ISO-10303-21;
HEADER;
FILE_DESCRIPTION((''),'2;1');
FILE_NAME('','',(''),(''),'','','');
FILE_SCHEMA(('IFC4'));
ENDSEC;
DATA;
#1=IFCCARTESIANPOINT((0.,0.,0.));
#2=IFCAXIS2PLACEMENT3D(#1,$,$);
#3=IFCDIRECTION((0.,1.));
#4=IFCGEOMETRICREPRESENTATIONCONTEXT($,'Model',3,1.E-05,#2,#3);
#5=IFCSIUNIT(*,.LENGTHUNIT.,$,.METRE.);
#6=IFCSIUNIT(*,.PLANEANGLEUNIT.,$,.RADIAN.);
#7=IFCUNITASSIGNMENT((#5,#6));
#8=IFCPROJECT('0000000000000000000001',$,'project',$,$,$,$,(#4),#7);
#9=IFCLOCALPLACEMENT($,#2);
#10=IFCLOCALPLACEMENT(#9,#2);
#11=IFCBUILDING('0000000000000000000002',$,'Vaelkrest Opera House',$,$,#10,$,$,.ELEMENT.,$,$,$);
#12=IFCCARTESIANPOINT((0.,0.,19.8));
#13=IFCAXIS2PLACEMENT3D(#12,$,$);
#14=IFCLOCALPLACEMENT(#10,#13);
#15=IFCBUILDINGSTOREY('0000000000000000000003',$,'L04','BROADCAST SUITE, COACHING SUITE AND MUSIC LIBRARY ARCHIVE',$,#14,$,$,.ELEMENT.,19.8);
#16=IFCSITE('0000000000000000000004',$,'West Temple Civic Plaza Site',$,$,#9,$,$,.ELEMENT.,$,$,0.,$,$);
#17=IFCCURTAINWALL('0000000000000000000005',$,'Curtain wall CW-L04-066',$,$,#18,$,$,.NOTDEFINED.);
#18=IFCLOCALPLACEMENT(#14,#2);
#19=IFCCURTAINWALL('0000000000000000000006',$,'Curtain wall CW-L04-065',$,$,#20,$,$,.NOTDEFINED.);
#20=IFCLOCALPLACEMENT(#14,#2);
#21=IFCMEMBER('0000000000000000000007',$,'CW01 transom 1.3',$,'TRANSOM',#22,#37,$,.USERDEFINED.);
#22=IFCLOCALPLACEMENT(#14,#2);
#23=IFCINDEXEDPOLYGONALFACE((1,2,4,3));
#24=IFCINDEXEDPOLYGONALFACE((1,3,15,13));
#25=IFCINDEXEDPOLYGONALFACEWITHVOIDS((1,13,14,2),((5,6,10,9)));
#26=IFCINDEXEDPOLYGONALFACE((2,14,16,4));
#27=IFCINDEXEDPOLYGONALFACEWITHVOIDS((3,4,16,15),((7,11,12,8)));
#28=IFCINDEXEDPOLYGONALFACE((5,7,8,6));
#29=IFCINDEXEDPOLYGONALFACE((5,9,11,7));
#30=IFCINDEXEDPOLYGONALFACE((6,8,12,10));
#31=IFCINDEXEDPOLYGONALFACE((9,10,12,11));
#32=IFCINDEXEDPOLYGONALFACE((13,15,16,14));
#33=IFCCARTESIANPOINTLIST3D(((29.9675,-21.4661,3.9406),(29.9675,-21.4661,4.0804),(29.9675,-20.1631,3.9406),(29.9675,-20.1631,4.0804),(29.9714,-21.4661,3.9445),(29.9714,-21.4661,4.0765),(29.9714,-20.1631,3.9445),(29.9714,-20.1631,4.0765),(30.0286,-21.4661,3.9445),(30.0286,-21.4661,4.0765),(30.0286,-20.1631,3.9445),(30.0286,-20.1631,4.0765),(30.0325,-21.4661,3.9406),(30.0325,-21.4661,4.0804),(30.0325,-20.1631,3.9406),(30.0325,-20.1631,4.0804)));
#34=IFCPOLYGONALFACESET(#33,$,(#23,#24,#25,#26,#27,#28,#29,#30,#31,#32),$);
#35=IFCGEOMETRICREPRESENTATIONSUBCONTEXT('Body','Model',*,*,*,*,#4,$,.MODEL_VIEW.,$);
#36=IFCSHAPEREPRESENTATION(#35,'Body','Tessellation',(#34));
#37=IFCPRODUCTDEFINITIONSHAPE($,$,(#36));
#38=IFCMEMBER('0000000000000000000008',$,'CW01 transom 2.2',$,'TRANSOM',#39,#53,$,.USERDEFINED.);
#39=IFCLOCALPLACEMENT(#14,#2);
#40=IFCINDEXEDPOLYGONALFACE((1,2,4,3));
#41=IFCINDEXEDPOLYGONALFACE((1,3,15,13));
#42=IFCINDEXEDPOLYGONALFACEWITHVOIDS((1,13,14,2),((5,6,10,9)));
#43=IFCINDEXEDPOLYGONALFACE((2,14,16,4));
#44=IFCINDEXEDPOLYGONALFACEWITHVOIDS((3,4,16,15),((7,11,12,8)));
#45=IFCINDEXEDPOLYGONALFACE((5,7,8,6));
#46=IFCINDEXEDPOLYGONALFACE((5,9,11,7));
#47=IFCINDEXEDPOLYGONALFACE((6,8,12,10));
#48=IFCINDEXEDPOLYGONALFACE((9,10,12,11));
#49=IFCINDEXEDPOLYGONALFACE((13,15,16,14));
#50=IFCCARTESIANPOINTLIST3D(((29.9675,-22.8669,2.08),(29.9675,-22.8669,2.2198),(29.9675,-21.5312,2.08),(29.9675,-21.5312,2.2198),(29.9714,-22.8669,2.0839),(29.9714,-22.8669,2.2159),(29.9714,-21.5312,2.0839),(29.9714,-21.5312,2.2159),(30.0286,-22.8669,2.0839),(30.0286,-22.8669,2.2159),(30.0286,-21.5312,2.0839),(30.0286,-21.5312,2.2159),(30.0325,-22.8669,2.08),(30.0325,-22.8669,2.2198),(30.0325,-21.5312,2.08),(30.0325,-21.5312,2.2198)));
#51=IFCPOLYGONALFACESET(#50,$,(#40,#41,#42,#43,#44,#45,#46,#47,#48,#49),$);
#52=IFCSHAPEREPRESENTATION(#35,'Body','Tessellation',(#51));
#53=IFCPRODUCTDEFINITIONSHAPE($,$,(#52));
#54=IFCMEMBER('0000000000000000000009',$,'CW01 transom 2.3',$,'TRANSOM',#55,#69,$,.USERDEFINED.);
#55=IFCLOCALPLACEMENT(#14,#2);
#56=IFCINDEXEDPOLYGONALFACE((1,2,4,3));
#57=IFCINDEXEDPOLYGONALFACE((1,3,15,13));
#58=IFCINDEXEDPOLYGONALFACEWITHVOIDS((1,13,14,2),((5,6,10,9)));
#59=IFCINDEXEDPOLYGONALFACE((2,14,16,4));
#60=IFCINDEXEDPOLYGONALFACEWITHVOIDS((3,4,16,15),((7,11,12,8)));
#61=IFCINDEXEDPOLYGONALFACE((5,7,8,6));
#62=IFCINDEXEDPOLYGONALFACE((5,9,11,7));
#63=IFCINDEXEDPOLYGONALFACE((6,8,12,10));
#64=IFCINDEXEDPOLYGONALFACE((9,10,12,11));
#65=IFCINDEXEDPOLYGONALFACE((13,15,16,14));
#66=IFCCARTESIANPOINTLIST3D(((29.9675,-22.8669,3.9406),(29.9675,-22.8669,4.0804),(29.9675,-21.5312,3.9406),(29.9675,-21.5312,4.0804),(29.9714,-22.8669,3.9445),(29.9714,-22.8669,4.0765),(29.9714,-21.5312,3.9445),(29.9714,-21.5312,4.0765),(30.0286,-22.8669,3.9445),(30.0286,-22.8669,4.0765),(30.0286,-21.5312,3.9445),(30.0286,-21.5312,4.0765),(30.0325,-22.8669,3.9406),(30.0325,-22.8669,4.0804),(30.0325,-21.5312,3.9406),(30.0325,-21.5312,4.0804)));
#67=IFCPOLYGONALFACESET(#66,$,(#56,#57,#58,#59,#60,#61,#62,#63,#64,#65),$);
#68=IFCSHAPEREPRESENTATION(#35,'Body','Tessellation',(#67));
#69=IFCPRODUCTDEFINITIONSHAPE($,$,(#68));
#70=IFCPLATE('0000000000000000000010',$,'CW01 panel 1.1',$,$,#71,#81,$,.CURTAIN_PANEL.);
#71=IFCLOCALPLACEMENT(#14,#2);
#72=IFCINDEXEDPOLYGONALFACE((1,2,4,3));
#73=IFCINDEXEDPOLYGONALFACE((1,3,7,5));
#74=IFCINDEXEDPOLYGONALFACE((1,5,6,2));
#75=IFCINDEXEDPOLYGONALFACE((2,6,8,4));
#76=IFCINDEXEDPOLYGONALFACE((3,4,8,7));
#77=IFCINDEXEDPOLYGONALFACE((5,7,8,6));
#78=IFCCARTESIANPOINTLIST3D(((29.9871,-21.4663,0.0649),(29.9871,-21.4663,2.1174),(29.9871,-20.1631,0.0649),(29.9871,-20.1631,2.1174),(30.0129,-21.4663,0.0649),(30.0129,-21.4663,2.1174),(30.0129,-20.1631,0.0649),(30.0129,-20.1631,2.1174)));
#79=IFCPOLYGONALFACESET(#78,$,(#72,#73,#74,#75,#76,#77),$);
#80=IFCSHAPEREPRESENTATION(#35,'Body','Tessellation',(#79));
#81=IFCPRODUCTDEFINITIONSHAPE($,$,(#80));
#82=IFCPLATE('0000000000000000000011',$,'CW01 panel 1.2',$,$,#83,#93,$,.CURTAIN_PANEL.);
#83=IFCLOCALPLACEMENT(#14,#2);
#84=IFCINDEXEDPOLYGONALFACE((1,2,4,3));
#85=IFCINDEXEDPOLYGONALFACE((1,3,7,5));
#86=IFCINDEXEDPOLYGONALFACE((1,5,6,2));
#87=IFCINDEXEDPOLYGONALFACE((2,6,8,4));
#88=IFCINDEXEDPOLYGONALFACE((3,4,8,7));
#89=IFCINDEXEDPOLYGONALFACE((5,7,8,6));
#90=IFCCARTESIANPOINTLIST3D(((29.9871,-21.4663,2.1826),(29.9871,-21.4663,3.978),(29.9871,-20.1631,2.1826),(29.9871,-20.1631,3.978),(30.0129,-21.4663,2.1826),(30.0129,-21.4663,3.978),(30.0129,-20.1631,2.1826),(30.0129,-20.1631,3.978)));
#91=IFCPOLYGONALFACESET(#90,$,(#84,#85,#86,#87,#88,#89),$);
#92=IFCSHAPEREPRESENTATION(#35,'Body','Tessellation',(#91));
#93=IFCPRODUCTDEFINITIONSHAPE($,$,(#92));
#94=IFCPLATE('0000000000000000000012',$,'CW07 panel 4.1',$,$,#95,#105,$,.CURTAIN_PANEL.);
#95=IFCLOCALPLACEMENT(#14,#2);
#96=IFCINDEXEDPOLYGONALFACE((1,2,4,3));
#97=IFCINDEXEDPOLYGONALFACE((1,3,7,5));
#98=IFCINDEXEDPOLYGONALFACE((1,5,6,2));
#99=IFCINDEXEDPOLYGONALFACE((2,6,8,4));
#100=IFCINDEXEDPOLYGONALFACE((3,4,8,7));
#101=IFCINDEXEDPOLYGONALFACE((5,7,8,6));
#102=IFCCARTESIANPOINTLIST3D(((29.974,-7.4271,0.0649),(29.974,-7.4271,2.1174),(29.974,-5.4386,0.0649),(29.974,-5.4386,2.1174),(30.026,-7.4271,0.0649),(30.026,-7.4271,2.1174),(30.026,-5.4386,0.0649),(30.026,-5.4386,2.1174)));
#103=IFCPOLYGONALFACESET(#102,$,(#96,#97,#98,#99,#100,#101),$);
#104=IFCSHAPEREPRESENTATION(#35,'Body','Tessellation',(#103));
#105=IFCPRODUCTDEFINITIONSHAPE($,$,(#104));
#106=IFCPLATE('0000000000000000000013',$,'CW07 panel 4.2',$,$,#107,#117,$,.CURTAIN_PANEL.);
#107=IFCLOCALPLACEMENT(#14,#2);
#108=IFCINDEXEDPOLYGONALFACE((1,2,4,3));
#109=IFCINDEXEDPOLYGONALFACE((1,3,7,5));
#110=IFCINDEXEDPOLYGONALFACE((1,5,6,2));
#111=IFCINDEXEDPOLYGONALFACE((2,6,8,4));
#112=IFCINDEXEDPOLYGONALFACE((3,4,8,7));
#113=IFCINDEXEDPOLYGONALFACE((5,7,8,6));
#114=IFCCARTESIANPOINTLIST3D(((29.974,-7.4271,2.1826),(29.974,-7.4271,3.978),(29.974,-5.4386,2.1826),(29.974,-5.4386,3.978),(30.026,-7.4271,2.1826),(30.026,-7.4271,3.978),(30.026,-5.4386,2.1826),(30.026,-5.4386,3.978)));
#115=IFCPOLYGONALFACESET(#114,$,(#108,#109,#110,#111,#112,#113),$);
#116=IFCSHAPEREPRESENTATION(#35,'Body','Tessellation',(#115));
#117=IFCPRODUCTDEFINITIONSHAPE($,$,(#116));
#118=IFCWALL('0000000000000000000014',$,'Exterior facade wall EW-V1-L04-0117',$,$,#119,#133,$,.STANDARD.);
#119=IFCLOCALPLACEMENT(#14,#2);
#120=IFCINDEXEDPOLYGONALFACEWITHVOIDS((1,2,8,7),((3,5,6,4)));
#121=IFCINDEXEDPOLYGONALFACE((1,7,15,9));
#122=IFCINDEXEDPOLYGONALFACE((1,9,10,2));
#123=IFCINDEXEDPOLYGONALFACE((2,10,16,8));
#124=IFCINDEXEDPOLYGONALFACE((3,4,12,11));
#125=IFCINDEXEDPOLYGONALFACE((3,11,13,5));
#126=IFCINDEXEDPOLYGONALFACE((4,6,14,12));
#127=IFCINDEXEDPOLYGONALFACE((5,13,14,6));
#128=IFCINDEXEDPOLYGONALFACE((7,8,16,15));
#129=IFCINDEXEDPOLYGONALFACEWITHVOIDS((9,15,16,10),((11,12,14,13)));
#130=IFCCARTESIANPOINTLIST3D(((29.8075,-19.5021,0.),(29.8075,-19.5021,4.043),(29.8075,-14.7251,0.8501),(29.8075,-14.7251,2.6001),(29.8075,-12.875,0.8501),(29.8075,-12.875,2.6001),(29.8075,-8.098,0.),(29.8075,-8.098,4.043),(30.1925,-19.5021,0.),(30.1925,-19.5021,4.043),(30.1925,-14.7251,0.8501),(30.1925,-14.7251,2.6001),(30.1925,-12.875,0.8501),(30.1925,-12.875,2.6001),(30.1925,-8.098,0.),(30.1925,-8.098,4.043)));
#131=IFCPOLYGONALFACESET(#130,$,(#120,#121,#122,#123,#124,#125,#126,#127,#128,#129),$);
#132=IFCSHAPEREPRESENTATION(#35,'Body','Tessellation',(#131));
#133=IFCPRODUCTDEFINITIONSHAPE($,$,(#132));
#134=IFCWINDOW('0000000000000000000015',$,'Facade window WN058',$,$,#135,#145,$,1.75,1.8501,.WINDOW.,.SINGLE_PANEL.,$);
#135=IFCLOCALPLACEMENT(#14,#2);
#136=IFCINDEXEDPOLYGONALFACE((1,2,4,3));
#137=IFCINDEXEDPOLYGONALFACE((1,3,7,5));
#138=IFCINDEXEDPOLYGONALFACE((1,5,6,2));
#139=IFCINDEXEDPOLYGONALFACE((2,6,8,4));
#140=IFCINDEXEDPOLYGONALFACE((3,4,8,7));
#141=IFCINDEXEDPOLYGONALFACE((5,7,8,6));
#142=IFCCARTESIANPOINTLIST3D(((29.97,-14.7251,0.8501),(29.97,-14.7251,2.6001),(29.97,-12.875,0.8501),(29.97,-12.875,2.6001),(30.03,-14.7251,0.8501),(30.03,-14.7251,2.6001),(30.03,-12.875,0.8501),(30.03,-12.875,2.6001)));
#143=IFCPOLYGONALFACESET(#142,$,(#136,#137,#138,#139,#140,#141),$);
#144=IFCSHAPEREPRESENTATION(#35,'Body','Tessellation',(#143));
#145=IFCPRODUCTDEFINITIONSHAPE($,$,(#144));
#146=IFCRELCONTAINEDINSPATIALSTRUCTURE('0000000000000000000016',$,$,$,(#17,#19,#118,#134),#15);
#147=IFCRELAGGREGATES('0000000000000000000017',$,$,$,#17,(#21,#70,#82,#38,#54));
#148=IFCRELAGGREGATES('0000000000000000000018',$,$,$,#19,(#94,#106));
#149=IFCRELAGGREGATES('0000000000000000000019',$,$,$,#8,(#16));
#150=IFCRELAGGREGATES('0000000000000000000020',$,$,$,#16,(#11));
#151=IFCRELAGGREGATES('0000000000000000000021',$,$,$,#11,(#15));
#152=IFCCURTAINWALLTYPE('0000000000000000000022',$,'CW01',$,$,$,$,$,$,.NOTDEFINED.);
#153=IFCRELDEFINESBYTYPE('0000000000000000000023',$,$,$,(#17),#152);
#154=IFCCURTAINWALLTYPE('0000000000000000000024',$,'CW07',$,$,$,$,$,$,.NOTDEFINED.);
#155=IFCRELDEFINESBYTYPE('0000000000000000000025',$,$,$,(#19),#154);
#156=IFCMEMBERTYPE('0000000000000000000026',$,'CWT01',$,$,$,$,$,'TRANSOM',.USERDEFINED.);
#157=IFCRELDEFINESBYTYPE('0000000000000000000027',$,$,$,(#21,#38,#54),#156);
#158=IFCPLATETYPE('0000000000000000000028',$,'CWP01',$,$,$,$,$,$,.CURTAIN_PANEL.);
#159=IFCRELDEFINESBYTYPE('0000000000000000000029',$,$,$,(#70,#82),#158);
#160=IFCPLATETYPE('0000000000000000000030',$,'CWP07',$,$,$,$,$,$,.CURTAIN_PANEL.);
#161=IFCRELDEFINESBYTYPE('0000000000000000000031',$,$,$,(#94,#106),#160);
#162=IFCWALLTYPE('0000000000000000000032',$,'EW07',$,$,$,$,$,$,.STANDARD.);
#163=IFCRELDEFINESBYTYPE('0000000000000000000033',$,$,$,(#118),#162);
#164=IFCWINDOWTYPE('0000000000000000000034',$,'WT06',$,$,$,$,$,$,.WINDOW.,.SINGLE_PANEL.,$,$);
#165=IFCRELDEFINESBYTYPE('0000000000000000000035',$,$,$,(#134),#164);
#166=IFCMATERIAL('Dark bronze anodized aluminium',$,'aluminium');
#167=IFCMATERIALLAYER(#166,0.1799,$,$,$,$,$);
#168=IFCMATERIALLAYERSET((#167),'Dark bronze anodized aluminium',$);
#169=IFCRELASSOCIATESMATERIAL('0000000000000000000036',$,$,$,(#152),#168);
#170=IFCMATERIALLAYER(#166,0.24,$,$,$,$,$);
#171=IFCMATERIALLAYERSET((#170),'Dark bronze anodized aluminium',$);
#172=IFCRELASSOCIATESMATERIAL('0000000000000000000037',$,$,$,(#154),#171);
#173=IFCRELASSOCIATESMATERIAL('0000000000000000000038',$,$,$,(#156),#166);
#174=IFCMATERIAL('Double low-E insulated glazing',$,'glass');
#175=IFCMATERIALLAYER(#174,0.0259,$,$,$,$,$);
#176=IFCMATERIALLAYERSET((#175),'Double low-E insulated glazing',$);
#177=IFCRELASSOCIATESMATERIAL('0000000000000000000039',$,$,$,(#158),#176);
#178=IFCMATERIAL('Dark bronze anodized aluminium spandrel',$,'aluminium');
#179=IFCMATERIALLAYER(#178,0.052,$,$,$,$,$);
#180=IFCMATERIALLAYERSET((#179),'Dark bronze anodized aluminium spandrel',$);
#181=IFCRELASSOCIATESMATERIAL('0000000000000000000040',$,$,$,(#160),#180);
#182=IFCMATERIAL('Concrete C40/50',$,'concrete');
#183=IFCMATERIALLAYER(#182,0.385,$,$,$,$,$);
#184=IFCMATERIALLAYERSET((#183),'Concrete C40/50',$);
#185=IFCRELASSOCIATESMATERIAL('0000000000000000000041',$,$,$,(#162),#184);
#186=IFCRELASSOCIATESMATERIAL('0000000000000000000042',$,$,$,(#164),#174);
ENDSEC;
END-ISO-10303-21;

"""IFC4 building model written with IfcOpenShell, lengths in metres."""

from ifc_helpers import new_model, si_unit, direction, frame, frame_2d, origin, origin_2d, place, context, subcontext, project, spatial, rectangle, hollow_rectangle, extrude, material, layer, layer_set, material_profile, profile_set, type_object, element, fill, aggregate, save


model = new_model("IFC4")

# Units and contexts
model_context = context("Model", 3, precision=1e-05, world=origin(), true_north=direction((0.0, 1.0)))
body_context = subcontext(model_context, "Body", "Model", "MODEL_VIEW")
ifc_project = project(units=[si_unit("LENGTHUNIT", "METRE"), si_unit("PLANEANGLEUNIT", "RADIAN")], contexts=[model_context])

# Site, building, storey
site_placement = place(None, origin())
site = spatial("IfcSite", under=ifc_project, at=site_placement, Name="West Temple Civic Plaza Site", CompositionType="ELEMENT", RefElevation=0.0)
building_placement = place(site_placement, origin())
building = spatial("IfcBuilding", under=site, at=building_placement, Name="Vaelkrest Opera House", CompositionType="ELEMENT")
storey_placement = place(building_placement, frame((0.0, 0.0, 19.8)))
storey = spatial("IfcBuildingStorey", under=building, at=storey_placement, Name="L04", Description="BROADCAST SUITE, COACHING SUITE AND MUSIC LIBRARY ARCHIVE", CompositionType="ELEMENT", Elevation=19.8)

# Curtain walls
ifc_material_1 = material(Name="Dark bronze anodized aluminium", Category="aluminium")
ifc_layer_1 = layer(ifc_material_1, 0.1799)
ifc_layer_set_1 = layer_set([ifc_layer_1], Name="Dark bronze anodized aluminium")
curtain_wall_type_1 = type_object("IfcCurtainWallType", Name="CW01", PredefinedType="NOTDEFINED", material=ifc_layer_set_1)
curtain_wall_1_placement = place(storey_placement, origin())
curtain_wall_1 = element("IfcCurtainWall", 1, at=curtain_wall_1_placement, inside=storey, type_object=curtain_wall_type_1, Name="Curtain wall CW-L04-066", PredefinedType="NOTDEFINED")
ifc_layer_2 = layer(ifc_material_1, 0.24)
ifc_layer_set_2 = layer_set([ifc_layer_2], Name="Dark bronze anodized aluminium")
curtain_wall_type_2 = type_object("IfcCurtainWallType", Name="CW07", PredefinedType="NOTDEFINED", material=ifc_layer_set_2)
curtain_wall_2_placement = place(storey_placement, origin())
curtain_wall_2 = element("IfcCurtainWall", 2, at=curtain_wall_2_placement, inside=storey, type_object=curtain_wall_type_2, Name="Curtain wall CW-L04-065", PredefinedType="NOTDEFINED")
ifc_material_profile_1 = material_profile(ifc_material_1, hollow_rectangle(XDim=0.0649, YDim=0.1399, WallThickness=0.0039, at=origin_2d()), Name="CWT65X140")
ifc_profile_set_1 = profile_set([ifc_material_profile_1], Name="Dark bronze anodized aluminium")
member_type_1 = type_object("IfcMemberType", Name="CWT01", ElementType="TRANSOM", PredefinedType="USERDEFINED", material=ifc_profile_set_1)

# Members
member_1_placement = place(storey_placement, frame((30.0, -20.1631, 4.0105), z_axis=(0.0, -1.0, 0.0), x_axis=(1.0, 0.0, 0.0)))
member_1 = element("IfcMember", 3, at=member_1_placement, type_object=member_type_1, Name="CW01 transom 1.3", ObjectType="TRANSOM", PredefinedType="USERDEFINED", context=body_context, shape_type="SweptSolid", body=[
    extrude(hollow_rectangle(XDim=0.0649, YDim=0.1399, WallThickness=0.0039, at=origin_2d()), origin(), (0.0, 0.0, 1.0), 1.303),
])
member_2_placement = place(storey_placement, frame((30.0, -21.5312, 2.1499), z_axis=(0.0, -1.0, 0.0), x_axis=(1.0, 0.0, 0.0)))
member_2 = element("IfcMember", 4, at=member_2_placement, type_object=member_type_1, Name="CW01 transom 2.2", ObjectType="TRANSOM", PredefinedType="USERDEFINED", context=body_context, shape_type="SweptSolid", body=[
    extrude(hollow_rectangle(XDim=0.0649, YDim=0.1399, WallThickness=0.0039, at=origin_2d()), origin(), (0.0, 0.0, 1.0), 1.3357),
])
member_3_placement = place(storey_placement, frame((30.0, -21.5312, 4.0105), z_axis=(0.0, -1.0, 0.0), x_axis=(1.0, 0.0, 0.0)))
member_3 = element("IfcMember", 5, at=member_3_placement, type_object=member_type_1, Name="CW01 transom 2.3", ObjectType="TRANSOM", PredefinedType="USERDEFINED", context=body_context, shape_type="SweptSolid", body=[
    extrude(hollow_rectangle(XDim=0.0649, YDim=0.1399, WallThickness=0.0039, at=origin_2d()), origin(), (0.0, 0.0, 1.0), 1.3357),
])

# Plates
ifc_material_2 = material(Name="Double low-E insulated glazing", Category="glass")
ifc_layer_3 = layer(ifc_material_2, 0.0259)
ifc_layer_set_3 = layer_set([ifc_layer_3], Name="Double low-E insulated glazing")
plate_type_1 = type_object("IfcPlateType", Name="CWP01", PredefinedType="CURTAIN_PANEL", material=ifc_layer_set_3)
plate_1_placement = place(storey_placement, frame((30.0, -20.8147, 0.0649), z_axis=(0.0, 0.0, 1.0), x_axis=(0.0, -1.0, 0.0)))
plate_1 = element("IfcPlate", 6, at=plate_1_placement, type_object=plate_type_1, Name="CW01 panel 1.1", PredefinedType="CURTAIN_PANEL", context=body_context, shape_type="SweptSolid", body=[
    extrude(rectangle(XDim=1.3032, YDim=0.0259, at=origin_2d()), origin(), (0.0, 0.0, 1.0), 2.0525),
])
plate_2_placement = place(storey_placement, frame((30.0, -20.8147, 2.1826), z_axis=(0.0, 0.0, 1.0), x_axis=(0.0, -1.0, 0.0)))
plate_2 = element("IfcPlate", 7, at=plate_2_placement, type_object=plate_type_1, Name="CW01 panel 1.2", PredefinedType="CURTAIN_PANEL", context=body_context, shape_type="SweptSolid", body=[
    extrude(rectangle(XDim=1.3032, YDim=0.0259, at=origin_2d()), origin(), (0.0, 0.0, 1.0), 1.7954),
])
aggregate(curtain_wall_1, [member_1, plate_1, plate_2, member_2, member_3])
ifc_material_3 = material(Name="Dark bronze anodized aluminium spandrel", Category="aluminium")
ifc_layer_4 = layer(ifc_material_3, 0.052)
ifc_layer_set_4 = layer_set([ifc_layer_4], Name="Dark bronze anodized aluminium spandrel")
plate_type_2 = type_object("IfcPlateType", Name="CWP07", PredefinedType="CURTAIN_PANEL", material=ifc_layer_set_4)
plate_3_placement = place(storey_placement, frame((30.0, -6.4329, 0.0649), z_axis=(0.0, 0.0, 1.0), x_axis=(0.0, -1.0, 0.0)))
plate_3 = element("IfcPlate", 8, at=plate_3_placement, type_object=plate_type_2, Name="CW07 panel 4.1", PredefinedType="CURTAIN_PANEL", context=body_context, shape_type="SweptSolid", body=[
    extrude(rectangle(XDim=1.9885, YDim=0.052, at=origin_2d()), origin(), (0.0, 0.0, 1.0), 2.0525),
])
plate_4_placement = place(storey_placement, frame((30.0, -6.4329, 2.1826), z_axis=(0.0, 0.0, 1.0), x_axis=(0.0, -1.0, 0.0)))
plate_4 = element("IfcPlate", 9, at=plate_4_placement, type_object=plate_type_2, Name="CW07 panel 4.2", PredefinedType="CURTAIN_PANEL", context=body_context, shape_type="SweptSolid", body=[
    extrude(rectangle(XDim=1.9885, YDim=0.052, at=origin_2d()), origin(), (0.0, 0.0, 1.0), 1.7954),
])
aggregate(curtain_wall_2, [plate_3, plate_4])

# Wall, opening, window
ifc_material_4 = material(Name="Concrete C40/50", Category="concrete")
ifc_layer_5 = layer(ifc_material_4, 0.385)
ifc_layer_set_5 = layer_set([ifc_layer_5], Name="Concrete C40/50")
wall_type = type_object("IfcWallType", Name="EW07", PredefinedType="STANDARD", material=ifc_layer_set_5)
wall_placement = place(storey_placement, frame((30.0, -8.0979, 0.0), z_axis=(0.0, 0.0, 1.0), x_axis=(0.0, -1.0, 0.0)))
wall = element("IfcWall", 10, at=wall_placement, inside=storey, type_object=wall_type, Name="Exterior facade wall EW-V1-L04-0117", PredefinedType="STANDARD", context=body_context, shape_type="SweptSolid", body=[
    extrude(rectangle(XDim=11.4041, YDim=0.385, at=frame_2d((5.7021, 0.0))), origin(), (0.0, 0.0, 1.0), 4.043),
])
opening_placement = place(wall_placement, frame((4.7771, 0.0, 0.8501)))
opening = element("IfcOpeningElement", 11, at=opening_placement, cuts=wall, PredefinedType="OPENING", context=body_context, shape_type="SweptSolid", body=[
    extrude(rectangle(XDim=1.8501, YDim=1.75, at=frame_2d((0.925, 0.875))), frame((0.0, 0.2024, 0.0), z_axis=(0.0, -1.0, 0.0), x_axis=(1.0, 0.0, 0.0)), (0.0, 0.0, 1.0), 0.405),
])
window_type = type_object("IfcWindowType", Name="WT06", PartitioningType="SINGLE_PANEL", PredefinedType="WINDOW", material=ifc_material_2)
window_placement = place(opening_placement, origin())
window = element("IfcWindow", 12, at=window_placement, inside=storey, type_object=window_type, Name="Facade window WN058", OverallHeight=1.75, OverallWidth=1.8501, PartitioningType="SINGLE_PANEL", PredefinedType="WINDOW", context=body_context, shape_type="SweptSolid", body=[
    extrude(rectangle(XDim=1.8501, YDim=1.75, at=frame_2d((0.925, 0.875))), frame((0.0, 0.03, 0.0), z_axis=(0.0, -1.0, 0.0), x_axis=(1.0, 0.0, 0.0)), (0.0, 0.0, 1.0), 0.0601),
])
fill(opening, window)

save(model, "model.ifc")
